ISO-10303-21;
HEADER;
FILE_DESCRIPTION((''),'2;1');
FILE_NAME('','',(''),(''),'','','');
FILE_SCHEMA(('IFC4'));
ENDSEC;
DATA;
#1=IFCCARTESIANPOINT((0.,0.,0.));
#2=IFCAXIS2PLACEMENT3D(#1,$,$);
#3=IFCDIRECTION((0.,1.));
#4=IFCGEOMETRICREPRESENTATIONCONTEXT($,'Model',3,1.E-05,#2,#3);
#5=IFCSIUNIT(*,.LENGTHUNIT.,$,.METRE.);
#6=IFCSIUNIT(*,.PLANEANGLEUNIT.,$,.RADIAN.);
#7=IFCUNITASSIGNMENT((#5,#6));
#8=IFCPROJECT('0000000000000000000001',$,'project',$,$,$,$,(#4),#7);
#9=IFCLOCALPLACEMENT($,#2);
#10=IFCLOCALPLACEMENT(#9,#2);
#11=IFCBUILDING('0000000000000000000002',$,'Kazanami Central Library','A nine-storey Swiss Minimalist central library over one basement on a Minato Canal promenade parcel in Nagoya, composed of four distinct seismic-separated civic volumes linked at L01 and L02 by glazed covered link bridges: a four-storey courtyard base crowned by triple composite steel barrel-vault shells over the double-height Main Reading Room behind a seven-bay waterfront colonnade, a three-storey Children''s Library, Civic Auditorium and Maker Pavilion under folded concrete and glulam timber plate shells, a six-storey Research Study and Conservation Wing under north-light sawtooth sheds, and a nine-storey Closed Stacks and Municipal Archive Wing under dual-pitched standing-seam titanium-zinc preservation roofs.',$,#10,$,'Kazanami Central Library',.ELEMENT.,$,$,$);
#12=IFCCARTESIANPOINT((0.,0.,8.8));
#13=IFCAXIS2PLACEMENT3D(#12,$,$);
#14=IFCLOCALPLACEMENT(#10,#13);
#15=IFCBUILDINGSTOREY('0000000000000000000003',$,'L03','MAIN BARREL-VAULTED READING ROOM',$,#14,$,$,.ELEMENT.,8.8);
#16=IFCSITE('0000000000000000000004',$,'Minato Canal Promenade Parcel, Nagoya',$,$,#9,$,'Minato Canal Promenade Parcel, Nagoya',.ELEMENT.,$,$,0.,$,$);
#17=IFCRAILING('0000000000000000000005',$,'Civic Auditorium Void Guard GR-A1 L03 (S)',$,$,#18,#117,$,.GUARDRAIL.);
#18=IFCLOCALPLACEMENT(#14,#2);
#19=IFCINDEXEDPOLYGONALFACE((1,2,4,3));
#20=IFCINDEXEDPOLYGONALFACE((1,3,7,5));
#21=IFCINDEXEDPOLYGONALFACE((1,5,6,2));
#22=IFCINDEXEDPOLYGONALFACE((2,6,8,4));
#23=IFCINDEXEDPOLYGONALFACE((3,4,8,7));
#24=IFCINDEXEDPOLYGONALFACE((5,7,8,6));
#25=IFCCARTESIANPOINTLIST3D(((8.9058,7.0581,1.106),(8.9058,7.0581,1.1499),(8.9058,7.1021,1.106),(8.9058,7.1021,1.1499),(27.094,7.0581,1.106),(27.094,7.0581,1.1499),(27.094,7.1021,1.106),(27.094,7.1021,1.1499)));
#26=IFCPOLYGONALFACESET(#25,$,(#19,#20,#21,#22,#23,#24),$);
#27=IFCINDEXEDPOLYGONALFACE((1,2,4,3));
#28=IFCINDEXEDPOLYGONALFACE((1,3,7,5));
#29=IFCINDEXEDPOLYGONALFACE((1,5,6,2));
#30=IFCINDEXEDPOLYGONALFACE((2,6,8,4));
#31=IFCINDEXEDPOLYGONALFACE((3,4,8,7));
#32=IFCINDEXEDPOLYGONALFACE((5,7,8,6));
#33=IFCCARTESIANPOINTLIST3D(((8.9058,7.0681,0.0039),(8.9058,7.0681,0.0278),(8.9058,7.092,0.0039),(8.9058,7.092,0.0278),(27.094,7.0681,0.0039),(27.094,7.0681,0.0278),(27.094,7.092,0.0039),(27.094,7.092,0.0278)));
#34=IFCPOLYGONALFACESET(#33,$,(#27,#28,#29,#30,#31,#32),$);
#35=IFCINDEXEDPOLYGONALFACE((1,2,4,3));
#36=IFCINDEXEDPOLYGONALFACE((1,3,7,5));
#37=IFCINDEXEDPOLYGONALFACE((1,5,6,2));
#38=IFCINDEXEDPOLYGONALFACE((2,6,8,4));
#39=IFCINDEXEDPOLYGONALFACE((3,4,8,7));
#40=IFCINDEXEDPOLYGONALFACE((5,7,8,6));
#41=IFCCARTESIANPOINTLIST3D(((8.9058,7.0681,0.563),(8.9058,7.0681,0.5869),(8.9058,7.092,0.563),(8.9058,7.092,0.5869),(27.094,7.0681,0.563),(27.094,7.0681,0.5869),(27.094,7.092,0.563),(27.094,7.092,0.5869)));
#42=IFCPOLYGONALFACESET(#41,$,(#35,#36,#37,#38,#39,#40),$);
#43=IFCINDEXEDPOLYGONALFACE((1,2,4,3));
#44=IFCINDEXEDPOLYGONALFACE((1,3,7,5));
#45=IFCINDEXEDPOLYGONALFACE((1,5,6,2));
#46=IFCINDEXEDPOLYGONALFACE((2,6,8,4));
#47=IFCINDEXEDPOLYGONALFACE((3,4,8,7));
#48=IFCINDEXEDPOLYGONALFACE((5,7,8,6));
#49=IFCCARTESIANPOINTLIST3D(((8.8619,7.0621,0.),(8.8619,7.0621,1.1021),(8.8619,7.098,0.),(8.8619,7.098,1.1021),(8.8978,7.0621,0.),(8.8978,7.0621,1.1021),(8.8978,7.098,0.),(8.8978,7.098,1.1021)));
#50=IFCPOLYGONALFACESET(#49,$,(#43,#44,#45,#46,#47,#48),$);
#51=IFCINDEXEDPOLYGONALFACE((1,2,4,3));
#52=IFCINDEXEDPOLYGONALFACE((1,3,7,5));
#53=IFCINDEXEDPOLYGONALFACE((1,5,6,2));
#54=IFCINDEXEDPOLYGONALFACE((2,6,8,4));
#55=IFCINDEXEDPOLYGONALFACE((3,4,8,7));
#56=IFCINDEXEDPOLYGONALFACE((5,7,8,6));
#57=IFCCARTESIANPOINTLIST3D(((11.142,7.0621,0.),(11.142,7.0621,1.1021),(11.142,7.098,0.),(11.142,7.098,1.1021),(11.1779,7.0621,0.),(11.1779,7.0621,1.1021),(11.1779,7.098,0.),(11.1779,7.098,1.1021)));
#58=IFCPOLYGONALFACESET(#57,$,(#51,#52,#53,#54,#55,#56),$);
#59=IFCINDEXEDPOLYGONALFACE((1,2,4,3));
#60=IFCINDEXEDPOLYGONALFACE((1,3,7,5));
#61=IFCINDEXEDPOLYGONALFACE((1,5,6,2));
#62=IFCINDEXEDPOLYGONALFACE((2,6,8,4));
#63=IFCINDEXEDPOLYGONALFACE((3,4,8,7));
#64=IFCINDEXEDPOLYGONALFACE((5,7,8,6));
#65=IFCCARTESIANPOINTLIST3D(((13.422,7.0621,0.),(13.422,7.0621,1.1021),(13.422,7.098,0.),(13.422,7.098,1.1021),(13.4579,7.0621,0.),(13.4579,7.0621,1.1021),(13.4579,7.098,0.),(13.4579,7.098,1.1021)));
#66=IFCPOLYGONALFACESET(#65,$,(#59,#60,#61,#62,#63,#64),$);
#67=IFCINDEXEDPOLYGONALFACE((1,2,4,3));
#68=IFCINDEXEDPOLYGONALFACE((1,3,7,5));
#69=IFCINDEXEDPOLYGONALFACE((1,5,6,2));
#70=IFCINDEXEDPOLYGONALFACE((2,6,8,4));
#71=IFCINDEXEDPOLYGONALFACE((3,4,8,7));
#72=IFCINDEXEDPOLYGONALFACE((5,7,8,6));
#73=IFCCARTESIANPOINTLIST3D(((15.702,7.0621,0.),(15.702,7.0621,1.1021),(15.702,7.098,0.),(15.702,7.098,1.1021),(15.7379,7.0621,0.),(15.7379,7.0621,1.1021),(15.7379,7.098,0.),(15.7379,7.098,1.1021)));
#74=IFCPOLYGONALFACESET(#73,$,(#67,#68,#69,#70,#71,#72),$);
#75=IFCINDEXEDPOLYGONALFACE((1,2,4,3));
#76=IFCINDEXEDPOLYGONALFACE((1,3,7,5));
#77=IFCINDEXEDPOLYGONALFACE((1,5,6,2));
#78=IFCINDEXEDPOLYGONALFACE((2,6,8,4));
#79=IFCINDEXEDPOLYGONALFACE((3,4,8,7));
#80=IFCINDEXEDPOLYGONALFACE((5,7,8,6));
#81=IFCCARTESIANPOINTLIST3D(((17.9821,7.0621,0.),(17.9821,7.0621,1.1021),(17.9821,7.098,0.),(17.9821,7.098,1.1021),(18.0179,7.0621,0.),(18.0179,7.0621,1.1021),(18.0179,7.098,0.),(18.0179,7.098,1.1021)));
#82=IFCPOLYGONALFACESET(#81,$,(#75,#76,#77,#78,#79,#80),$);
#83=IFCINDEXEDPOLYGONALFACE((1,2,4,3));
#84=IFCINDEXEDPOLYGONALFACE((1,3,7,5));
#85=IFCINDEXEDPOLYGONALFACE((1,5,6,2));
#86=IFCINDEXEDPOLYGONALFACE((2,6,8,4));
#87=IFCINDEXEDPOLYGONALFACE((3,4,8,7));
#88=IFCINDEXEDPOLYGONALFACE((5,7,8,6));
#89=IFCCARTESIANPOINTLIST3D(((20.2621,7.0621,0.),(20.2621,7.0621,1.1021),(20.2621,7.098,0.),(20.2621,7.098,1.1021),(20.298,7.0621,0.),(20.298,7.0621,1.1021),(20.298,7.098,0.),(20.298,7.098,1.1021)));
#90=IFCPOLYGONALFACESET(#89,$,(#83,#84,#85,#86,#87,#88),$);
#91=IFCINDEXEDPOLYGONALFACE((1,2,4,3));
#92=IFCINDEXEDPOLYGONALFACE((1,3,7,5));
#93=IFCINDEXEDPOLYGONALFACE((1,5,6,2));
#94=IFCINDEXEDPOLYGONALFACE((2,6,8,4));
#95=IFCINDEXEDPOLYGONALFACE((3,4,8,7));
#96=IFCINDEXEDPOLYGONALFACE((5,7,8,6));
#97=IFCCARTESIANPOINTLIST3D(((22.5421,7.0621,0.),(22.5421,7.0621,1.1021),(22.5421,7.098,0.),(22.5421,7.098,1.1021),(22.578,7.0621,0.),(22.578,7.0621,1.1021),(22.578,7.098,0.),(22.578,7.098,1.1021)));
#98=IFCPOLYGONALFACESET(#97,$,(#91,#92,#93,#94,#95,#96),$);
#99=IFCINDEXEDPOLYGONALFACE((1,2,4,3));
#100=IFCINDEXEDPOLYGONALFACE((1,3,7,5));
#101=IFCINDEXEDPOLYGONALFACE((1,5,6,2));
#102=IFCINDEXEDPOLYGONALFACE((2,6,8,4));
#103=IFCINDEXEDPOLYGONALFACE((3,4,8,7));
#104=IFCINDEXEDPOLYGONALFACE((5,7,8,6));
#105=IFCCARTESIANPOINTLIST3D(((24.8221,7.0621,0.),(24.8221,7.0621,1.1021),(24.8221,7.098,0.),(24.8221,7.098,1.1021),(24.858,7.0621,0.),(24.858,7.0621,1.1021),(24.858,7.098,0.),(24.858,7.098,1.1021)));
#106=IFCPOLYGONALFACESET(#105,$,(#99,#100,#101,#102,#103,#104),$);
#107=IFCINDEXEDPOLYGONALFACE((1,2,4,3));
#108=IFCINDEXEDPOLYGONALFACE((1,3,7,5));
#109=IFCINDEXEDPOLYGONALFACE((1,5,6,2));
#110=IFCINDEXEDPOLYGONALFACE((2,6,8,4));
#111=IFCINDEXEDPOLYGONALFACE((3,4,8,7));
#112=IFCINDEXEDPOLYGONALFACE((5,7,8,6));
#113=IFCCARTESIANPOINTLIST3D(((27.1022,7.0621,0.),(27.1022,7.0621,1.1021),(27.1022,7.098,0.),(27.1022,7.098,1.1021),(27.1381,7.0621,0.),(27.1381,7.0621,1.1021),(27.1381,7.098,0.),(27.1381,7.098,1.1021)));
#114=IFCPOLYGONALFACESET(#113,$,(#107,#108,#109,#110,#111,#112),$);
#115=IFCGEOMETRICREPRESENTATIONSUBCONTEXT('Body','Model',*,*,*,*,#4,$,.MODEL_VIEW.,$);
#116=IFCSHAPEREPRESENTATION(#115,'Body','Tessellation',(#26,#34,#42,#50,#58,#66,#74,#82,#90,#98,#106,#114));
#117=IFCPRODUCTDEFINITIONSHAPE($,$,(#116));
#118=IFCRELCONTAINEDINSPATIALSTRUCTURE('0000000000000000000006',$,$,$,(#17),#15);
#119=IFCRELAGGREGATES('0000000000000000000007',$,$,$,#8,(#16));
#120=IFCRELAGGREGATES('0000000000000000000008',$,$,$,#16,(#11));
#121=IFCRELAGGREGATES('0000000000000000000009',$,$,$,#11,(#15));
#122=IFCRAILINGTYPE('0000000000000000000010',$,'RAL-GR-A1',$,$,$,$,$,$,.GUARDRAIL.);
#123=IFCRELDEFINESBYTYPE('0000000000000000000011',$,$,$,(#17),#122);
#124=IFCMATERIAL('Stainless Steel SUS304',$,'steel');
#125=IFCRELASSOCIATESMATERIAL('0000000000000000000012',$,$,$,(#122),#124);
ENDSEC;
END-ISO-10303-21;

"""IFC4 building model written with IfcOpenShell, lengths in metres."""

from ifc_helpers import new_model, si_unit, direction, frame, origin, origin_2d, place, context, subcontext, project, spatial, rectangle, extrude, material, type_object, element, save


model = new_model("IFC4")

# Units and contexts
model_context = context("Model", 3, precision=1e-05, world=origin(), true_north=direction((0.0, 1.0)))
body_context = subcontext(model_context, "Body", "Model", "MODEL_VIEW")
ifc_project = project(units=[si_unit("LENGTHUNIT", "METRE"), si_unit("PLANEANGLEUNIT", "RADIAN")], contexts=[model_context])

# Site, building, storey
site_placement = place(None, origin())
site = spatial("IfcSite", under=ifc_project, at=site_placement, Name="Minato Canal Promenade Parcel, Nagoya", LongName="Minato Canal Promenade Parcel, Nagoya", CompositionType="ELEMENT", RefElevation=0.0)
building_placement = place(site_placement, origin())
building = spatial("IfcBuilding", under=site, at=building_placement, Name="Kazanami Central Library", Description="A nine-storey Swiss Minimalist central library over one basement on a Minato Canal promenade parcel in Nagoya, composed of four distinct seismic-separated civic volumes linked at L01 and L02 by glazed covered link bridges: a four-storey courtyard base crowned by triple composite steel barrel-vault shells over the double-height Main Reading Room behind a seven-bay waterfront colonnade, a three-storey Children's Library, Civic Auditorium and Maker Pavilion under folded concrete and glulam timber plate shells, a six-storey Research Study and Conservation Wing under north-light sawtooth sheds, and a nine-storey Closed Stacks and Municipal Archive Wing under dual-pitched standing-seam titanium-zinc preservation roofs.", LongName="Kazanami Central Library", CompositionType="ELEMENT")
storey_placement = place(building_placement, frame((0.0, 0.0, 8.8)))
storey = spatial("IfcBuildingStorey", under=building, at=storey_placement, Name="L03", Description="MAIN BARREL-VAULTED READING ROOM", CompositionType="ELEMENT", Elevation=8.8)

# Railing
ifc_material_1 = material(Name="Stainless Steel SUS304", Category="steel")
railing_type = type_object("IfcRailingType", Name="RAL-GR-A1", PredefinedType="GUARDRAIL", material=ifc_material_1)
railing_placement = place(storey_placement, frame((8.8799, 7.0801, 0.0)))
element("IfcRailing", 1, at=railing_placement, inside=storey, type_object=railing_type, Name="Civic Auditorium Void Guard GR-A1 L03 (S)", PredefinedType="GUARDRAIL", context=body_context, shape_type="SweptSolid", body=[
    extrude(rectangle(XDim=0.0439, YDim=0.0439, at=origin_2d()), frame((0.0259, 0.0, 1.1279), z_axis=(1.0, 0.0, 0.0), x_axis=(0.0, 1.0, 0.0)), (0.0, 0.0, 1.0), 18.1882),
    extrude(rectangle(XDim=0.0239, YDim=0.0239, at=origin_2d()), frame((0.0259, 0.0, 0.0159), z_axis=(1.0, 0.0, 0.0), x_axis=(0.0, 1.0, 0.0)), (0.0, 0.0, 1.0), 18.1882),
    extrude(rectangle(XDim=0.0239, YDim=0.0239, at=origin_2d()), frame((0.0259, 0.0, 0.575), z_axis=(1.0, 0.0, 0.0), x_axis=(0.0, 1.0, 0.0)), (0.0, 0.0, 1.0), 18.1882),
    extrude(rectangle(XDim=0.0359, YDim=0.0359, at=origin_2d()), origin(), (0.0, 0.0, 1.0), 1.1021),
    extrude(rectangle(XDim=0.0359, YDim=0.0359, at=origin_2d()), frame((2.28, 0.0, 0.0)), (0.0, 0.0, 1.0), 1.1021),
    extrude(rectangle(XDim=0.0359, YDim=0.0359, at=origin_2d()), frame((4.5601, 0.0, 0.0)), (0.0, 0.0, 1.0), 1.1021),
    extrude(rectangle(XDim=0.0359, YDim=0.0359, at=origin_2d()), frame((6.8401, 0.0, 0.0)), (0.0, 0.0, 1.0), 1.1021),
    extrude(rectangle(XDim=0.0359, YDim=0.0359, at=origin_2d()), frame((9.1201, 0.0, 0.0)), (0.0, 0.0, 1.0), 1.1021),
    extrude(rectangle(XDim=0.0359, YDim=0.0359, at=origin_2d()), frame((11.4001, 0.0, 0.0)), (0.0, 0.0, 1.0), 1.1021),
    extrude(rectangle(XDim=0.0359, YDim=0.0359, at=origin_2d()), frame((13.6802, 0.0, 0.0)), (0.0, 0.0, 1.0), 1.1021),
    extrude(rectangle(XDim=0.0359, YDim=0.0359, at=origin_2d()), frame((15.9602, 0.0, 0.0)), (0.0, 0.0, 1.0), 1.1021),
    extrude(rectangle(XDim=0.0359, YDim=0.0359, at=origin_2d()), frame((18.2402, 0.0, 0.0)), (0.0, 0.0, 1.0), 1.1021),
])

save(model, "model.ifc")
